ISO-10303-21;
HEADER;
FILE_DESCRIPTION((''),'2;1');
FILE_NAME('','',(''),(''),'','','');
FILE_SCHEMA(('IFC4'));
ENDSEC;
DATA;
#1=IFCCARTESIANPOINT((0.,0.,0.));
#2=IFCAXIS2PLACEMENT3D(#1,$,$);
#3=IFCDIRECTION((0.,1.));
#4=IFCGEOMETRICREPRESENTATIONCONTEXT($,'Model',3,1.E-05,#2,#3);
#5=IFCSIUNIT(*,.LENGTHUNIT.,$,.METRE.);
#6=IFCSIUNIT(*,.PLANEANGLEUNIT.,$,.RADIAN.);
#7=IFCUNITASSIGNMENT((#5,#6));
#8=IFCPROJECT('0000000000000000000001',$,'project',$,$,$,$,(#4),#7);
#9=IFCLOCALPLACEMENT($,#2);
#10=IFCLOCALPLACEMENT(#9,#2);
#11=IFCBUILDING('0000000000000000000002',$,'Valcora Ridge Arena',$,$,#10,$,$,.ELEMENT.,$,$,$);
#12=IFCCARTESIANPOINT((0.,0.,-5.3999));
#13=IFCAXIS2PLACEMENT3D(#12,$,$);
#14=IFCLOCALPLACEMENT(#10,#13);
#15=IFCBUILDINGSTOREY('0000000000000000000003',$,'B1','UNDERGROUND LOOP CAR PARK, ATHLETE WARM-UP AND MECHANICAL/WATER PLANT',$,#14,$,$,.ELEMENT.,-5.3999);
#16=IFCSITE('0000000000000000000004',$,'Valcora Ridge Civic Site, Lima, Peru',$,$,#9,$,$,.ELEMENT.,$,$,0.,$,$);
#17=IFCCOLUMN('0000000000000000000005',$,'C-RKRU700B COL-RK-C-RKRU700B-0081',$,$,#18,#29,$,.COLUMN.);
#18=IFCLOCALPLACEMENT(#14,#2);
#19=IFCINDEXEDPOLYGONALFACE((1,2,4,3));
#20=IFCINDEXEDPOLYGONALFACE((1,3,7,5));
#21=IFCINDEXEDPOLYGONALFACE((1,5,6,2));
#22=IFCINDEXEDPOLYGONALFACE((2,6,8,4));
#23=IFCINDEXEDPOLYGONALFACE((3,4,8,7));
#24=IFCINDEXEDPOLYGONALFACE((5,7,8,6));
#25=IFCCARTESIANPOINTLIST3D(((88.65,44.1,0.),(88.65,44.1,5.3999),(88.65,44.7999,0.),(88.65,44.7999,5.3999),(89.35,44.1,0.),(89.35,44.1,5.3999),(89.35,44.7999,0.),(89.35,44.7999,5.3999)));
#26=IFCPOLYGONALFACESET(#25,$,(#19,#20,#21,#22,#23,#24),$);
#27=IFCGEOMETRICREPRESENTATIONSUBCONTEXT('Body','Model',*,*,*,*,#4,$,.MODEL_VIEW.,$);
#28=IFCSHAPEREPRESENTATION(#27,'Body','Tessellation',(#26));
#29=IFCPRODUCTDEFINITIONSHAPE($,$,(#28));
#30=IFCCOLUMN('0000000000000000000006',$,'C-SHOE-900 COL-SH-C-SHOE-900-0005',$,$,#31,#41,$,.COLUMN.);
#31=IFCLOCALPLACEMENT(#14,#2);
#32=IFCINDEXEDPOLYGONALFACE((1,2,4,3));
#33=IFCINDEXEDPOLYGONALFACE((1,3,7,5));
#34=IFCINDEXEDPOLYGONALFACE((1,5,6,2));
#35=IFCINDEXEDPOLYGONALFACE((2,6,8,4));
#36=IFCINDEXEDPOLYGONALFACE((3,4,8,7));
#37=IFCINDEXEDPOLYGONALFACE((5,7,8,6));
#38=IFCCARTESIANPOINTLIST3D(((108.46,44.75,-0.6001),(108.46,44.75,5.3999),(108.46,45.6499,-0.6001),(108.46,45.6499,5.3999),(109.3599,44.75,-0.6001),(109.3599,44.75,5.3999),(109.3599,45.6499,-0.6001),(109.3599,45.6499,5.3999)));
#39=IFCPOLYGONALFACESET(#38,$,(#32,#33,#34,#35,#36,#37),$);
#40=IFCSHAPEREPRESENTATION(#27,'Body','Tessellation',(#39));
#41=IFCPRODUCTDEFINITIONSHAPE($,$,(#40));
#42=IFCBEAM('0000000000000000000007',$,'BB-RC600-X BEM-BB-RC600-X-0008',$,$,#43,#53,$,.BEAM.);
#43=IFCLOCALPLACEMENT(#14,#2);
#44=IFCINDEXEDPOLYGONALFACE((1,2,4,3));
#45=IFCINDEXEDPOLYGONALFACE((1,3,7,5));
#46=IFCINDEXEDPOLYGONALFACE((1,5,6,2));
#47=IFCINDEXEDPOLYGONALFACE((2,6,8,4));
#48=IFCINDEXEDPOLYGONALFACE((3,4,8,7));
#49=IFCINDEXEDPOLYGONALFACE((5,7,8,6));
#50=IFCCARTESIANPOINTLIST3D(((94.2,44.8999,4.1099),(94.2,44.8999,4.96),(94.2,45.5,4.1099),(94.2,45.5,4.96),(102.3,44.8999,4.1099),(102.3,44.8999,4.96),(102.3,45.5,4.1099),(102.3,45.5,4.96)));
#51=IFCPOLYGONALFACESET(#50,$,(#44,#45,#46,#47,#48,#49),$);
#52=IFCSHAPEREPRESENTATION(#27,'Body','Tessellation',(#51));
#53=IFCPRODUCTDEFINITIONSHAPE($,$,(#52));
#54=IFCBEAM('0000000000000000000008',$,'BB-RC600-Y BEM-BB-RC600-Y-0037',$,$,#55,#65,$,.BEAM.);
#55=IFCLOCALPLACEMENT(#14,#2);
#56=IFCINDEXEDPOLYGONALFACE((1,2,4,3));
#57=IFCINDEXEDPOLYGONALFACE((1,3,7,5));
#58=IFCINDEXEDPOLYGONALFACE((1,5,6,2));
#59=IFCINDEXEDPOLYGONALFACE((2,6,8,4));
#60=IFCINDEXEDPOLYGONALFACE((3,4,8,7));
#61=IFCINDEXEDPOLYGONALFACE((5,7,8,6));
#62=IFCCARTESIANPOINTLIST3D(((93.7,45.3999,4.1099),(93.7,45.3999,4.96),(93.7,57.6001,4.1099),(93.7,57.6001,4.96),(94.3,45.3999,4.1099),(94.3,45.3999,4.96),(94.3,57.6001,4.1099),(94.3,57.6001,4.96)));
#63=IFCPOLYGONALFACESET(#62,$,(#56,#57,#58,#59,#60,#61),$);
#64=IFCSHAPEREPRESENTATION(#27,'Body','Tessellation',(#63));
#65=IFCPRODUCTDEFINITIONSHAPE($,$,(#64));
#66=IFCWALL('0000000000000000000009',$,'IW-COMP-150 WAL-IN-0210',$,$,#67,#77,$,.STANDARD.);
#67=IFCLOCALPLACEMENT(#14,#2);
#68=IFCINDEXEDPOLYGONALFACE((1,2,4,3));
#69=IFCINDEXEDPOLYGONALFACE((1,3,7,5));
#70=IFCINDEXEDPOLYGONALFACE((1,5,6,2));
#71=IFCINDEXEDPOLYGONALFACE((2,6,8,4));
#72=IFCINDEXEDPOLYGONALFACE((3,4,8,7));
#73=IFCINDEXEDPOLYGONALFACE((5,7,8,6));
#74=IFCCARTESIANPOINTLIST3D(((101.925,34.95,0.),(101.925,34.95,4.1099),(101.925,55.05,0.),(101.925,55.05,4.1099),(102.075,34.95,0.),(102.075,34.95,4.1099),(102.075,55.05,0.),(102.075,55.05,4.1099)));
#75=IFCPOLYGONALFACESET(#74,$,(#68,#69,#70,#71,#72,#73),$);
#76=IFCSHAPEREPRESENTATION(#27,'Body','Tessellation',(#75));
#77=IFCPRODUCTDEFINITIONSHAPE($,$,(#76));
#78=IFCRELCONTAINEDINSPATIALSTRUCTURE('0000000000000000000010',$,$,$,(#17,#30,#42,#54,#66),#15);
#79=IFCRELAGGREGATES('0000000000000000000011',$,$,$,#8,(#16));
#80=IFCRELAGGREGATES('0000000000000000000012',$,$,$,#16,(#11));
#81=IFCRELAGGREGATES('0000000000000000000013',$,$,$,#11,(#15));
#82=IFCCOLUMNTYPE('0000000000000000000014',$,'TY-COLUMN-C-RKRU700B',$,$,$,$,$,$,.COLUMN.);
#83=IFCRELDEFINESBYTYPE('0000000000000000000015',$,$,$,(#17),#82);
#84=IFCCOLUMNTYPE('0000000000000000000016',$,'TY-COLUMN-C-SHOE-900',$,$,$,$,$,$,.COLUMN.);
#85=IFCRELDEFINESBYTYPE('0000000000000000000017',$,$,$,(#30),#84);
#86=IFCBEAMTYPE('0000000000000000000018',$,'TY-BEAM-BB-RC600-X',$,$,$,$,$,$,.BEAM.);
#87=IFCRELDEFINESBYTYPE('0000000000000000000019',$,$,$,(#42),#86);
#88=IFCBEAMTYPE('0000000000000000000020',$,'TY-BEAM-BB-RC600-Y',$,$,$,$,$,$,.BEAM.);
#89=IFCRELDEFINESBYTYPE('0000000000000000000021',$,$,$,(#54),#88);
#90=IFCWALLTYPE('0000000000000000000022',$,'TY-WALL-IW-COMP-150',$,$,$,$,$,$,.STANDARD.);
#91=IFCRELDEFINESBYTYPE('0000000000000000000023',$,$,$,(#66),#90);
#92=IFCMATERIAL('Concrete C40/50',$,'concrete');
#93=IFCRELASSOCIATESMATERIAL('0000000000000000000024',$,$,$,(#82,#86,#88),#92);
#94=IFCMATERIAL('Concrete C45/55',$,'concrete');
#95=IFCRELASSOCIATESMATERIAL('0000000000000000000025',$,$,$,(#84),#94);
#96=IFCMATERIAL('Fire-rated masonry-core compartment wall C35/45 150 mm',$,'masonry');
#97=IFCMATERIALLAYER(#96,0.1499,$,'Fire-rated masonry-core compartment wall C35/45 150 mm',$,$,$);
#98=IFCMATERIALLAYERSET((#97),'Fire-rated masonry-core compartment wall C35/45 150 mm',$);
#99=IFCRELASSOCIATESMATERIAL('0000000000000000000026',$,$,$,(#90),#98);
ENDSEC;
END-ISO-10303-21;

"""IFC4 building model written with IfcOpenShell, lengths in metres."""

from ifc_helpers import new_model, si_unit, direction, frame, frame_2d, origin, origin_2d, place, context, subcontext, project, spatial, rectangle, extrude, material, layer, layer_set, material_profile, profile_set, type_object, element, save


model = new_model("IFC4")

# Units and contexts
model_context = context("Model", 3, precision=1e-05, world=origin(), true_north=direction((0.0, 1.0)))
body_context = subcontext(model_context, "Body", "Model", "MODEL_VIEW")
ifc_project = project(units=[si_unit("LENGTHUNIT", "METRE"), si_unit("PLANEANGLEUNIT", "RADIAN")], contexts=[model_context])

# Site, building, storey
site_placement = place(None, origin())
site = spatial("IfcSite", under=ifc_project, at=site_placement, Name="Valcora Ridge Civic Site, Lima, Peru", CompositionType="ELEMENT", RefElevation=0.0)
building_placement = place(site_placement, origin())
building = spatial("IfcBuilding", under=site, at=building_placement, Name="Valcora Ridge Arena", CompositionType="ELEMENT")
storey_placement = place(building_placement, frame((0.0, 0.0, -5.3999)))
storey = spatial("IfcBuildingStorey", under=building, at=storey_placement, Name="B1", Description="UNDERGROUND LOOP CAR PARK, ATHLETE WARM-UP AND MECHANICAL/WATER PLANT", CompositionType="ELEMENT", Elevation=-5.3999)

# Shared definitions
ifc_material_1 = material(Name="Concrete C40/50", Category="concrete")

# Columns
ifc_material_profile_1 = material_profile(ifc_material_1, rectangle(XDim=0.7, YDim=0.7, at=origin_2d()), Name="RC 700x700")
ifc_profile_set_1 = profile_set([ifc_material_profile_1], Name="Concrete C40/50")
column_type_1 = type_object("IfcColumnType", Name="TY-COLUMN-C-RKRU700B", PredefinedType="COLUMN", material=ifc_profile_set_1)
for number, where, z_axis, x_axis, name in (
    (1, (89.0, 44.45, 0.0), (0.0, 0.0, 1.0), (1.0, 0.0, 0.0), "C-RKRU700B COL-RK-C-RKRU700B-0081"),
):
    element("IfcColumn", number, at=place(storey_placement, frame(where, z_axis=z_axis, x_axis=x_axis)), inside=storey, type_object=column_type_1, Name=name, PredefinedType="COLUMN", context=body_context, shape_type="SweptSolid", body=[
        extrude(rectangle(XDim=0.7, YDim=0.7, at=origin_2d()), origin(), (0.0, 0.0, 1.0), 5.3999),
    ])
ifc_material_2 = material(Name="Concrete C45/55", Category="concrete")
ifc_material_profile_2 = material_profile(ifc_material_2, rectangle(XDim=0.8999, YDim=0.8999, at=origin_2d()), Name="RC 900x900")
ifc_profile_set_2 = profile_set([ifc_material_profile_2], Name="Concrete C45/55")
column_type_2 = type_object("IfcColumnType", Name="TY-COLUMN-C-SHOE-900", PredefinedType="COLUMN", material=ifc_profile_set_2)
column_placement = place(storey_placement, frame((108.9099, 45.2, -0.6001), z_axis=(0.0, 0.0, 1.0), x_axis=(1.0, 0.0, 0.0)))
element("IfcColumn", 2, at=column_placement, inside=storey, type_object=column_type_2, Name="C-SHOE-900 COL-SH-C-SHOE-900-0005", PredefinedType="COLUMN", context=body_context, shape_type="SweptSolid", body=[
    extrude(rectangle(XDim=0.8999, YDim=0.8999, at=origin_2d()), origin(), (0.0, 0.0, 1.0), 6.0),
])

# Beams
ifc_material_profile_3 = material_profile(ifc_material_1, rectangle(XDim=0.6001, YDim=0.8501, at=origin_2d()), Name="RC 600x850")
ifc_profile_set_3 = profile_set([ifc_material_profile_3], Name="Concrete C40/50")
beam_type_1 = type_object("IfcBeamType", Name="TY-BEAM-BB-RC600-X", PredefinedType="BEAM", material=ifc_profile_set_3)
beam_1_placement = place(storey_placement, frame((94.2, 45.2, 4.5349), z_axis=(1.0, 0.0, 0.0), x_axis=(0.0, 1.0, 0.0)))
element("IfcBeam", 3, at=beam_1_placement, inside=storey, type_object=beam_type_1, Name="BB-RC600-X BEM-BB-RC600-X-0008", PredefinedType="BEAM", context=body_context, shape_type="SweptSolid", body=[
    extrude(rectangle(XDim=0.6001, YDim=0.8501, at=origin_2d()), origin(), (0.0, 0.0, 1.0), 8.1001),
])
ifc_material_profile_4 = material_profile(ifc_material_1, rectangle(XDim=0.6001, YDim=0.8501, at=origin_2d()), Name="RC 600x850")
ifc_profile_set_4 = profile_set([ifc_material_profile_4], Name="Concrete C40/50")
beam_type_2 = type_object("IfcBeamType", Name="TY-BEAM-BB-RC600-Y", PredefinedType="BEAM", material=ifc_profile_set_4)
beam_2_placement = place(storey_placement, frame((94.0, 45.3999, 4.5349), z_axis=(0.0, 1.0, 0.0), x_axis=(-1.0, 0.0, 0.0)))
element("IfcBeam", 4, at=beam_2_placement, inside=storey, type_object=beam_type_2, Name="BB-RC600-Y BEM-BB-RC600-Y-0037", PredefinedType="BEAM", context=body_context, shape_type="SweptSolid", body=[
    extrude(rectangle(XDim=0.6001, YDim=0.8501, at=origin_2d()), origin(), (0.0, 0.0, 1.0), 12.2002),
])

# Wall
ifc_material_3 = material(Name="Fire-rated masonry-core compartment wall C35/45 150 mm", Category="masonry")
ifc_layer_1 = layer(ifc_material_3, 0.1499, Name="Fire-rated masonry-core compartment wall C35/45 150 mm")
ifc_layer_set_1 = layer_set([ifc_layer_1], Name="Fire-rated masonry-core compartment wall C35/45 150 mm")
wall_type = type_object("IfcWallType", Name="TY-WALL-IW-COMP-150", PredefinedType="STANDARD", material=ifc_layer_set_1)
wall_placement = place(storey_placement, frame((102.0, 34.95, 0.0), z_axis=(0.0, 0.0, 1.0), x_axis=(0.0, 1.0, 0.0)))
element("IfcWall", 5, at=wall_placement, inside=storey, type_object=wall_type, Name="IW-COMP-150 WAL-IN-0210", PredefinedType="STANDARD", context=body_context, shape_type="SweptSolid", body=[
    extrude(rectangle(XDim=20.1001, YDim=0.1499, at=frame_2d((10.05, 0.0))), origin(), (0.0, 0.0, 1.0), 4.1099),
])

save(model, "model.ifc")
